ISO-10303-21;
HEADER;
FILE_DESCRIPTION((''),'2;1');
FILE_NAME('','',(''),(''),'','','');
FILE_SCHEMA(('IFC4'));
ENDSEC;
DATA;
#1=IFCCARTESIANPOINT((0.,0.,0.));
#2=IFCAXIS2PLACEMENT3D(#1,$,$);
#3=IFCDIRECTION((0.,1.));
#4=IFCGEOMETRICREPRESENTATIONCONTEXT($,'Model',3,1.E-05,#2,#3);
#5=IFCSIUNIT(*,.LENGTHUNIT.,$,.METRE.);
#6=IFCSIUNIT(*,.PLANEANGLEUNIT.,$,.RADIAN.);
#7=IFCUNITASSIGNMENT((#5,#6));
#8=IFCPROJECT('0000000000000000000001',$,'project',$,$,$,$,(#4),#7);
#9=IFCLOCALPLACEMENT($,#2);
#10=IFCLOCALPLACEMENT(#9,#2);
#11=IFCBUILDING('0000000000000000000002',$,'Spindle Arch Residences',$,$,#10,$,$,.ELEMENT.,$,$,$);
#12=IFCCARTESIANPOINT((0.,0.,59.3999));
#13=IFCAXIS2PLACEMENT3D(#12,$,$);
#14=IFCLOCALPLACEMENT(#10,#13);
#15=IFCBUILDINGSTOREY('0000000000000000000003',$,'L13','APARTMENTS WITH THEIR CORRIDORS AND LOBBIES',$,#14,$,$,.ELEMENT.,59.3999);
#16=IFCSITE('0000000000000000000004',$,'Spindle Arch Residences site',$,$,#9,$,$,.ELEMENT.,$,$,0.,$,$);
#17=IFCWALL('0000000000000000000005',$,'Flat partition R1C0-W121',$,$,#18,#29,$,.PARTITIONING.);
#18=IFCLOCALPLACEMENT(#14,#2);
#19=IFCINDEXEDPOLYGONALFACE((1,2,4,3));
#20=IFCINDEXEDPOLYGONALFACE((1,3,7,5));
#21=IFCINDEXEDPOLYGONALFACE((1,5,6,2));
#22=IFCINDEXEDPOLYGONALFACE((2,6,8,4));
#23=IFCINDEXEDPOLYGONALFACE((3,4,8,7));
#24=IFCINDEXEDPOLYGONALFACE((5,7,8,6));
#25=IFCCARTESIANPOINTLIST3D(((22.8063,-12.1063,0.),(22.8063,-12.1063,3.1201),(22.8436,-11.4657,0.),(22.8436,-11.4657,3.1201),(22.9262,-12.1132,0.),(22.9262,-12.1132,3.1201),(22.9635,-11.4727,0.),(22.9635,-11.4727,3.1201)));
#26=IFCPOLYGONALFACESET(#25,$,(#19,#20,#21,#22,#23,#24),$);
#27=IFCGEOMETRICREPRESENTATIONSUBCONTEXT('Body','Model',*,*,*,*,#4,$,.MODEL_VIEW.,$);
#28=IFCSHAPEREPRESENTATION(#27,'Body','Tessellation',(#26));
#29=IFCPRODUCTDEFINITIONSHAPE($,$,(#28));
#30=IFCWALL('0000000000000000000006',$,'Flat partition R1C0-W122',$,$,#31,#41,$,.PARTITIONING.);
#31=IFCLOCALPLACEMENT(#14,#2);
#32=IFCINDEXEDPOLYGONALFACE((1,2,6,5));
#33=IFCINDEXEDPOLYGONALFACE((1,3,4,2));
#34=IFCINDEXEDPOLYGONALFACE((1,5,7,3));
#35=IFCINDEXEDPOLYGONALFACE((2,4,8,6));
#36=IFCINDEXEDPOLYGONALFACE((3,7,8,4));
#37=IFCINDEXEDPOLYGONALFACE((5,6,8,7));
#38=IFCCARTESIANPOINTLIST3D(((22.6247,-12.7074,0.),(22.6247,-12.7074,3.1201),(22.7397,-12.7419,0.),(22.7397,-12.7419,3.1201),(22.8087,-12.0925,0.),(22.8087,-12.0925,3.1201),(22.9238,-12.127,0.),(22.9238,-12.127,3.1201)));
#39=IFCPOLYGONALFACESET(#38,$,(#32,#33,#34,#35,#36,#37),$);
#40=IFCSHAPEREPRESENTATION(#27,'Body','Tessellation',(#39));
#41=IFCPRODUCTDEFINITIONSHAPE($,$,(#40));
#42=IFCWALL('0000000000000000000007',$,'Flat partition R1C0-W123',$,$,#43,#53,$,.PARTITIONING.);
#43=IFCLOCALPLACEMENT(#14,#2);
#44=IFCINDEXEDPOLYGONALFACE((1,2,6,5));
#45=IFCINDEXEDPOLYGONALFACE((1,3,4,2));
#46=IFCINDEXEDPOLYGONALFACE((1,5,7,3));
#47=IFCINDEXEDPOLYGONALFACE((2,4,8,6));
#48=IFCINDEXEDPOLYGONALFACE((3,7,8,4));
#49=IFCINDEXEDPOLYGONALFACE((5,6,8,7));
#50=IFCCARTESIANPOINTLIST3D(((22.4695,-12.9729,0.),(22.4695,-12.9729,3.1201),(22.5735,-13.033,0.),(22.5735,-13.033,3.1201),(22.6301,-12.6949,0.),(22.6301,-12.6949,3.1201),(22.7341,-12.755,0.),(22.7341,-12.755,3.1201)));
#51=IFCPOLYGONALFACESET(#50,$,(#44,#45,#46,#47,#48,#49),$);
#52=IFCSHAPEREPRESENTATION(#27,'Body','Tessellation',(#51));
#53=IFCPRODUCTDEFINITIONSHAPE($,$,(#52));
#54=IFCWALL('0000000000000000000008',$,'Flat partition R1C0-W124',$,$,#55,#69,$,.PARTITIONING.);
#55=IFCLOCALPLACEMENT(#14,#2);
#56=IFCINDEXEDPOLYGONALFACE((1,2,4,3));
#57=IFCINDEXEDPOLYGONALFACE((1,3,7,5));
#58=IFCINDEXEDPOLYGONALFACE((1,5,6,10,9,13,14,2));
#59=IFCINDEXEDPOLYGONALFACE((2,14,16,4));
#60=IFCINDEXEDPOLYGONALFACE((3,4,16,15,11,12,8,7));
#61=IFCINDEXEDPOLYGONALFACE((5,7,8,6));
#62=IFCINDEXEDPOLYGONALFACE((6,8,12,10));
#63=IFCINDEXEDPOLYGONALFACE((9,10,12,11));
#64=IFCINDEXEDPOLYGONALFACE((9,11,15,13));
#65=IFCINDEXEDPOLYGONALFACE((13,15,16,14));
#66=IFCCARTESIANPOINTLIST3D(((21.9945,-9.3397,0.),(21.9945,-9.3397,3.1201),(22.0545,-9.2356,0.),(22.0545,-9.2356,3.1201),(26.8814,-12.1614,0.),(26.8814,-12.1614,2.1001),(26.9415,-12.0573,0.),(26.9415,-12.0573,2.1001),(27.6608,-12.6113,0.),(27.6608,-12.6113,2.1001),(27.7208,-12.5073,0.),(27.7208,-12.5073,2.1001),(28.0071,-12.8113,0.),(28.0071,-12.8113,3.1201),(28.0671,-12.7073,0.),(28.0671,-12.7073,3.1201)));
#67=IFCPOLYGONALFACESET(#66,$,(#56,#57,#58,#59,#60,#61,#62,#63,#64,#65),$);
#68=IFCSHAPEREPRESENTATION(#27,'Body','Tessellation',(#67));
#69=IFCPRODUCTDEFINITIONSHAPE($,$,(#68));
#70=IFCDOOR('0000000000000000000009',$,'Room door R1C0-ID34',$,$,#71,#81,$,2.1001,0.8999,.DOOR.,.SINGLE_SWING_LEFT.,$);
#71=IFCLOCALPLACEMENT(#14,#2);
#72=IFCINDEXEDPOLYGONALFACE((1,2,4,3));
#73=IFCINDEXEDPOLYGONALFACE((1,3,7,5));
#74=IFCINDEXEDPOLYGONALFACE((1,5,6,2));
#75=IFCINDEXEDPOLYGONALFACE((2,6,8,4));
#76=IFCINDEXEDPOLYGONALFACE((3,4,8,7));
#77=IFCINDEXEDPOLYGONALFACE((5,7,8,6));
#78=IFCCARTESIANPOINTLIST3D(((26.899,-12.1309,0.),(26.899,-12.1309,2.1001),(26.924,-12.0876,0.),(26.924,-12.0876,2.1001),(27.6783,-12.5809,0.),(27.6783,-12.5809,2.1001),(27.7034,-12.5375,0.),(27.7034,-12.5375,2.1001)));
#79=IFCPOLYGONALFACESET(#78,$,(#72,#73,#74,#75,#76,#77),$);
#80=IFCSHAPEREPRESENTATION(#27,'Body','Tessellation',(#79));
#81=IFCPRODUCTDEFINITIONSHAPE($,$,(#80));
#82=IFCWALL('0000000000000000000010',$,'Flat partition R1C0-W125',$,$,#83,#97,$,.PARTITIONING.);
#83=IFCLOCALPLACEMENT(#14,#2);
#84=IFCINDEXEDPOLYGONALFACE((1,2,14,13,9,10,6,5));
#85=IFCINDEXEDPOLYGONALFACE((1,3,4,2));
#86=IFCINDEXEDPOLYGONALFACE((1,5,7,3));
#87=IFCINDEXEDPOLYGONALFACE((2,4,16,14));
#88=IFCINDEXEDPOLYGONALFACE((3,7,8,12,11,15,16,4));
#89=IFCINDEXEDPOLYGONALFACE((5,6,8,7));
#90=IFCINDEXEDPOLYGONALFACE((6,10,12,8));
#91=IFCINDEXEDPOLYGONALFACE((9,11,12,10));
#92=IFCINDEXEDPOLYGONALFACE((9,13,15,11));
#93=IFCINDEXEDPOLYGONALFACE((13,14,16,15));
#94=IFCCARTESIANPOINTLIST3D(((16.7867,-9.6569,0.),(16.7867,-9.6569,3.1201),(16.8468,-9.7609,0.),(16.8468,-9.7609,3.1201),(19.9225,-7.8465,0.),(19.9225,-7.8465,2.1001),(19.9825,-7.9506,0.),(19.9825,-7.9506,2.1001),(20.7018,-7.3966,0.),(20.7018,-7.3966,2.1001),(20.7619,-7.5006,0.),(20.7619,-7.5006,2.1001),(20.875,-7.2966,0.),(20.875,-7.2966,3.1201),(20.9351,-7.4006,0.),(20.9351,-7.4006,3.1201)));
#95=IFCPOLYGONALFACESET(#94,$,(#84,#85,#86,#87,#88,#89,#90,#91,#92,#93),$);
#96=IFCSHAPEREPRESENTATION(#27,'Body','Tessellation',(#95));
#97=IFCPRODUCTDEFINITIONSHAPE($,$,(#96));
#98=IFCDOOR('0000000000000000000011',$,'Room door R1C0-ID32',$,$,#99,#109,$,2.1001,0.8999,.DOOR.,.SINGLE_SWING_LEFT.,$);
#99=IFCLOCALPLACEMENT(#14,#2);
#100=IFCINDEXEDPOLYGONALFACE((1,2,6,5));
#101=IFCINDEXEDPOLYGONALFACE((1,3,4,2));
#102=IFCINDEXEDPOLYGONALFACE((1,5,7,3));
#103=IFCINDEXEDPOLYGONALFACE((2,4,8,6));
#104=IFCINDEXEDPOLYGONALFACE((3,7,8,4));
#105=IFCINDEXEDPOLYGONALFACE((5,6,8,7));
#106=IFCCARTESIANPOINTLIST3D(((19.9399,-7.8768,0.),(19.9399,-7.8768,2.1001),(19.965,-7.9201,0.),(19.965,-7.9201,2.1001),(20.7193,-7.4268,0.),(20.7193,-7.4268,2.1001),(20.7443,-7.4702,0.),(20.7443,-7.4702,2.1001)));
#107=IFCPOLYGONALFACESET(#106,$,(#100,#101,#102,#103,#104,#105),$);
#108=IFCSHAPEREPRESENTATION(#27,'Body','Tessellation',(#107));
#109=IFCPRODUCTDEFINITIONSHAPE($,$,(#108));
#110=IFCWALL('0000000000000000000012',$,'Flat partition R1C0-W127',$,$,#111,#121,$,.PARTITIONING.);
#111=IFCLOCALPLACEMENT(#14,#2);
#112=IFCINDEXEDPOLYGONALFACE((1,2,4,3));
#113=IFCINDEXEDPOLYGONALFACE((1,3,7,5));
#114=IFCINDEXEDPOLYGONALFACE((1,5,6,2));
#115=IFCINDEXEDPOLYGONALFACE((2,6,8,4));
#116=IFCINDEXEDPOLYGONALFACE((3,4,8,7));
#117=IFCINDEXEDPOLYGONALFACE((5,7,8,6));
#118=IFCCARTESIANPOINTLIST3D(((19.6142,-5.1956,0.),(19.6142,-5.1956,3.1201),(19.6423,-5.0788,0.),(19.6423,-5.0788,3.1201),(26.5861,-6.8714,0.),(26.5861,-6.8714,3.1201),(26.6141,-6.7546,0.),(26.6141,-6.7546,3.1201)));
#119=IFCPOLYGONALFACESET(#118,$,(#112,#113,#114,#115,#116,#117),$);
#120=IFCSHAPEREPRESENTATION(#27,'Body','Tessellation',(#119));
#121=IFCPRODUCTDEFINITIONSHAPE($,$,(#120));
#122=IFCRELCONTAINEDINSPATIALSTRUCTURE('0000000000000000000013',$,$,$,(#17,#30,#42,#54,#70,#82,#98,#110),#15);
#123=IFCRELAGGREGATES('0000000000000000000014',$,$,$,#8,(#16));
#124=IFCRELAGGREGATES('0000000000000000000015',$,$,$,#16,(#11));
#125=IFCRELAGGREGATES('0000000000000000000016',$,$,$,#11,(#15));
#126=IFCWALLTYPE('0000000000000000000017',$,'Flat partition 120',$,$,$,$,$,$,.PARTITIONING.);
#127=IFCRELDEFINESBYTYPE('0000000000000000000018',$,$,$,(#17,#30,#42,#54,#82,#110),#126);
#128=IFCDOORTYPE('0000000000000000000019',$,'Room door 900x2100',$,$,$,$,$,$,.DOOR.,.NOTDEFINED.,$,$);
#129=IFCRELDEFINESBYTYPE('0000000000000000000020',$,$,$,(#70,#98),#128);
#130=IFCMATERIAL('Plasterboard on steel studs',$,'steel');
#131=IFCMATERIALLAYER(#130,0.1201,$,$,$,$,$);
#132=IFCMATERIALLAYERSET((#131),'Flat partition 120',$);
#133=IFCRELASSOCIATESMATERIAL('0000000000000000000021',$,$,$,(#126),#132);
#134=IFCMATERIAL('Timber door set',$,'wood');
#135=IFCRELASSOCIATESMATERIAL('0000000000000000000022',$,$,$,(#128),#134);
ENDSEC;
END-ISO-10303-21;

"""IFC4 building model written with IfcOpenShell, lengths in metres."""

from ifc_helpers import new_model, si_unit, direction, frame, frame_2d, origin, place, context, subcontext, project, spatial, rectangle, extrude, material, layer, layer_set, type_object, element, fill, save


model = new_model("IFC4")

# Units and contexts
model_context = context("Model", 3, precision=1e-05, world=origin(), true_north=direction((0.0, 1.0)))
body_context = subcontext(model_context, "Body", "Model", "MODEL_VIEW")
ifc_project = project(units=[si_unit("LENGTHUNIT", "METRE"), si_unit("PLANEANGLEUNIT", "RADIAN")], contexts=[model_context])

# Site, building, storey
site_placement = place(None, origin())
site = spatial("IfcSite", under=ifc_project, at=site_placement, Name="Spindle Arch Residences site", CompositionType="ELEMENT", RefElevation=0.0)
building_placement = place(site_placement, origin())
building = spatial("IfcBuilding", under=site, at=building_placement, Name="Spindle Arch Residences", CompositionType="ELEMENT")
storey_placement = place(building_placement, frame((0.0, 0.0, 59.3999)))
storey = spatial("IfcBuildingStorey", under=building, at=storey_placement, Name="L13", Description="APARTMENTS WITH THEIR CORRIDORS AND LOBBIES", CompositionType="ELEMENT", Elevation=59.3999)

# Walls
ifc_material_1 = material(Name="Plasterboard on steel studs", Category="steel")
ifc_layer_1 = layer(ifc_material_1, 0.1201)
ifc_layer_set_1 = layer_set([ifc_layer_1], Name="Flat partition 120")
wall_type = type_object("IfcWallType", Name="Flat partition 120", PredefinedType="PARTITIONING", material=ifc_layer_set_1)
wall_1_placement = place(storey_placement, frame((22.9036, -11.4692, 0.0), z_axis=(0.0, 0.0, 1.0), x_axis=(-0.058209, -0.998304, 0.0)))
element("IfcWall", 1, at=wall_1_placement, inside=storey, type_object=wall_type, Name="Flat partition R1C0-W121", PredefinedType="PARTITIONING", context=body_context, shape_type="SweptSolid", body=[
    extrude(rectangle(XDim=0.6416, YDim=0.1201, at=frame_2d((0.3208, 0.0))), origin(), (0.0, 0.0, 1.0), 3.1201),
])
wall_2_placement = place(storey_placement, frame((22.8662, -12.1099, 0.0), z_axis=(0.0, 0.0, 1.0), x_axis=(-0.286755, -0.958004, 0.0)))
element("IfcWall", 2, at=wall_2_placement, inside=storey, type_object=wall_type, Name="Flat partition R1C0-W122", PredefinedType="PARTITIONING", context=body_context, shape_type="SweptSolid", body=[
    extrude(rectangle(XDim=0.6418, YDim=0.1201, at=frame_2d((0.3208, 0.0))), origin(), (0.0, 0.0, 1.0), 3.1201),
])
wall_3_placement = place(storey_placement, frame((22.6821, -12.7249, 0.0), z_axis=(0.0, 0.0, 1.0), x_axis=(-0.500227, -0.865894, 0.0)))
element("IfcWall", 3, at=wall_3_placement, inside=storey, type_object=wall_type, Name="Flat partition R1C0-W123", PredefinedType="PARTITIONING", context=body_context, shape_type="SweptSolid", body=[
    extrude(rectangle(XDim=0.321, YDim=0.1201, at=frame_2d((0.1606, 0.0))), origin(), (0.0, 0.0, 1.0), 3.1201),
])

# Walls, openings, doors
wall_4_placement = place(storey_placement, frame((28.0371, -12.7593, 0.0), z_axis=(0.0, 0.0, 1.0), x_axis=(-0.86601, 0.500027, 0.0)))
wall_4 = element("IfcWall", 4, at=wall_4_placement, inside=storey, type_object=wall_type, Name="Flat partition R1C0-W124", PredefinedType="PARTITIONING", context=body_context, shape_type="SweptSolid", body=[
    extrude(rectangle(XDim=6.9429, YDim=0.1201, at=frame_2d((3.4714, 0.0))), origin(), (0.0, 0.0, 1.0), 3.1201),
])
opening_1_placement = place(wall_4_placement, frame((0.3999, 0.0, 0.0)))
opening_1 = element("IfcOpeningElement", 5, at=opening_1_placement, cuts=wall_4, PredefinedType="OPENING", context=body_context, shape_type="SweptSolid", body=[
    extrude(rectangle(XDim=0.8999, YDim=2.1001, at=frame_2d((0.45, 1.05))), frame((0.0, 0.0701, 0.0), z_axis=(0.0, -1.0, 0.0), x_axis=(1.0, 0.0, 0.0)), (0.0, 0.0, 1.0), 0.1401),
])
ifc_material_2 = material(Name="Timber door set", Category="wood")
door_type = type_object("IfcDoorType", Name="Room door 900x2100", OperationType="NOTDEFINED", PredefinedType="DOOR", material=ifc_material_2)
door_1_placement = place(opening_1_placement, origin())
door_1 = element("IfcDoor", 6, at=door_1_placement, inside=storey, type_object=door_type, Name="Room door R1C0-ID34", OperationType="SINGLE_SWING_LEFT", OverallHeight=2.1001, OverallWidth=0.8999, PredefinedType="DOOR", context=body_context, shape_type="SweptSolid", body=[
    extrude(rectangle(XDim=0.8999, YDim=2.1001, at=frame_2d((0.45, 1.05))), frame((0.0, 0.0249, 0.0), z_axis=(0.0, -1.0, 0.0), x_axis=(1.0, 0.0, 0.0)), (0.0, 0.0, 1.0), 0.05),
])
fill(opening_1, door_1)
wall_5_placement = place(storey_placement, frame((20.905, -7.3486, 0.0), z_axis=(0.0, 0.0, 1.0), x_axis=(-0.866032, -0.499988, 0.0)))
wall_5 = element("IfcWall", 7, at=wall_5_placement, inside=storey, type_object=wall_type, Name="Flat partition R1C0-W125", PredefinedType="PARTITIONING", context=body_context, shape_type="SweptSolid", body=[
    extrude(rectangle(XDim=4.7207, YDim=0.1201, at=frame_2d((2.3604, 0.0))), origin(), (0.0, 0.0, 1.0), 3.1201),
])
opening_2_placement = place(wall_5_placement, frame((0.2, 0.0, 0.0)))
opening_2 = element("IfcOpeningElement", 8, at=opening_2_placement, cuts=wall_5, PredefinedType="OPENING", context=body_context, shape_type="SweptSolid", body=[
    extrude(rectangle(XDim=0.8999, YDim=2.1001, at=frame_2d((0.45, 1.05))), frame((0.0, 0.0701, 0.0), z_axis=(0.0, -1.0, 0.0), x_axis=(1.0, 0.0, 0.0)), (0.0, 0.0, 1.0), 0.1401),
])
door_2_placement = place(opening_2_placement, origin())
door_2 = element("IfcDoor", 9, at=door_2_placement, inside=storey, type_object=door_type, Name="Room door R1C0-ID32", OperationType="SINGLE_SWING_LEFT", OverallHeight=2.1001, OverallWidth=0.8999, PredefinedType="DOOR", context=body_context, shape_type="SweptSolid", body=[
    extrude(rectangle(XDim=0.8999, YDim=2.1001, at=frame_2d((0.45, 1.05))), frame((0.0, 0.0249, 0.0), z_axis=(0.0, -1.0, 0.0), x_axis=(1.0, 0.0, 0.0)), (0.0, 0.0, 1.0), 0.05),
])
fill(opening_2, door_2)

# Wall
wall_6_placement = place(storey_placement, frame((26.6001, -6.813, 0.0), z_axis=(0.0, 0.0, 1.0), x_axis=(-0.972308, 0.233705, 0.0)))
element("IfcWall", 10, at=wall_6_placement, inside=storey, type_object=wall_type, Name="Flat partition R1C0-W127", PredefinedType="PARTITIONING", context=body_context, shape_type="SweptSolid", body=[
    extrude(rectangle(XDim=7.1704, YDim=0.1201, at=frame_2d((3.5852, 0.0))), origin(), (0.0, 0.0, 1.0), 3.1201),
])

save(model, "model.ifc")
